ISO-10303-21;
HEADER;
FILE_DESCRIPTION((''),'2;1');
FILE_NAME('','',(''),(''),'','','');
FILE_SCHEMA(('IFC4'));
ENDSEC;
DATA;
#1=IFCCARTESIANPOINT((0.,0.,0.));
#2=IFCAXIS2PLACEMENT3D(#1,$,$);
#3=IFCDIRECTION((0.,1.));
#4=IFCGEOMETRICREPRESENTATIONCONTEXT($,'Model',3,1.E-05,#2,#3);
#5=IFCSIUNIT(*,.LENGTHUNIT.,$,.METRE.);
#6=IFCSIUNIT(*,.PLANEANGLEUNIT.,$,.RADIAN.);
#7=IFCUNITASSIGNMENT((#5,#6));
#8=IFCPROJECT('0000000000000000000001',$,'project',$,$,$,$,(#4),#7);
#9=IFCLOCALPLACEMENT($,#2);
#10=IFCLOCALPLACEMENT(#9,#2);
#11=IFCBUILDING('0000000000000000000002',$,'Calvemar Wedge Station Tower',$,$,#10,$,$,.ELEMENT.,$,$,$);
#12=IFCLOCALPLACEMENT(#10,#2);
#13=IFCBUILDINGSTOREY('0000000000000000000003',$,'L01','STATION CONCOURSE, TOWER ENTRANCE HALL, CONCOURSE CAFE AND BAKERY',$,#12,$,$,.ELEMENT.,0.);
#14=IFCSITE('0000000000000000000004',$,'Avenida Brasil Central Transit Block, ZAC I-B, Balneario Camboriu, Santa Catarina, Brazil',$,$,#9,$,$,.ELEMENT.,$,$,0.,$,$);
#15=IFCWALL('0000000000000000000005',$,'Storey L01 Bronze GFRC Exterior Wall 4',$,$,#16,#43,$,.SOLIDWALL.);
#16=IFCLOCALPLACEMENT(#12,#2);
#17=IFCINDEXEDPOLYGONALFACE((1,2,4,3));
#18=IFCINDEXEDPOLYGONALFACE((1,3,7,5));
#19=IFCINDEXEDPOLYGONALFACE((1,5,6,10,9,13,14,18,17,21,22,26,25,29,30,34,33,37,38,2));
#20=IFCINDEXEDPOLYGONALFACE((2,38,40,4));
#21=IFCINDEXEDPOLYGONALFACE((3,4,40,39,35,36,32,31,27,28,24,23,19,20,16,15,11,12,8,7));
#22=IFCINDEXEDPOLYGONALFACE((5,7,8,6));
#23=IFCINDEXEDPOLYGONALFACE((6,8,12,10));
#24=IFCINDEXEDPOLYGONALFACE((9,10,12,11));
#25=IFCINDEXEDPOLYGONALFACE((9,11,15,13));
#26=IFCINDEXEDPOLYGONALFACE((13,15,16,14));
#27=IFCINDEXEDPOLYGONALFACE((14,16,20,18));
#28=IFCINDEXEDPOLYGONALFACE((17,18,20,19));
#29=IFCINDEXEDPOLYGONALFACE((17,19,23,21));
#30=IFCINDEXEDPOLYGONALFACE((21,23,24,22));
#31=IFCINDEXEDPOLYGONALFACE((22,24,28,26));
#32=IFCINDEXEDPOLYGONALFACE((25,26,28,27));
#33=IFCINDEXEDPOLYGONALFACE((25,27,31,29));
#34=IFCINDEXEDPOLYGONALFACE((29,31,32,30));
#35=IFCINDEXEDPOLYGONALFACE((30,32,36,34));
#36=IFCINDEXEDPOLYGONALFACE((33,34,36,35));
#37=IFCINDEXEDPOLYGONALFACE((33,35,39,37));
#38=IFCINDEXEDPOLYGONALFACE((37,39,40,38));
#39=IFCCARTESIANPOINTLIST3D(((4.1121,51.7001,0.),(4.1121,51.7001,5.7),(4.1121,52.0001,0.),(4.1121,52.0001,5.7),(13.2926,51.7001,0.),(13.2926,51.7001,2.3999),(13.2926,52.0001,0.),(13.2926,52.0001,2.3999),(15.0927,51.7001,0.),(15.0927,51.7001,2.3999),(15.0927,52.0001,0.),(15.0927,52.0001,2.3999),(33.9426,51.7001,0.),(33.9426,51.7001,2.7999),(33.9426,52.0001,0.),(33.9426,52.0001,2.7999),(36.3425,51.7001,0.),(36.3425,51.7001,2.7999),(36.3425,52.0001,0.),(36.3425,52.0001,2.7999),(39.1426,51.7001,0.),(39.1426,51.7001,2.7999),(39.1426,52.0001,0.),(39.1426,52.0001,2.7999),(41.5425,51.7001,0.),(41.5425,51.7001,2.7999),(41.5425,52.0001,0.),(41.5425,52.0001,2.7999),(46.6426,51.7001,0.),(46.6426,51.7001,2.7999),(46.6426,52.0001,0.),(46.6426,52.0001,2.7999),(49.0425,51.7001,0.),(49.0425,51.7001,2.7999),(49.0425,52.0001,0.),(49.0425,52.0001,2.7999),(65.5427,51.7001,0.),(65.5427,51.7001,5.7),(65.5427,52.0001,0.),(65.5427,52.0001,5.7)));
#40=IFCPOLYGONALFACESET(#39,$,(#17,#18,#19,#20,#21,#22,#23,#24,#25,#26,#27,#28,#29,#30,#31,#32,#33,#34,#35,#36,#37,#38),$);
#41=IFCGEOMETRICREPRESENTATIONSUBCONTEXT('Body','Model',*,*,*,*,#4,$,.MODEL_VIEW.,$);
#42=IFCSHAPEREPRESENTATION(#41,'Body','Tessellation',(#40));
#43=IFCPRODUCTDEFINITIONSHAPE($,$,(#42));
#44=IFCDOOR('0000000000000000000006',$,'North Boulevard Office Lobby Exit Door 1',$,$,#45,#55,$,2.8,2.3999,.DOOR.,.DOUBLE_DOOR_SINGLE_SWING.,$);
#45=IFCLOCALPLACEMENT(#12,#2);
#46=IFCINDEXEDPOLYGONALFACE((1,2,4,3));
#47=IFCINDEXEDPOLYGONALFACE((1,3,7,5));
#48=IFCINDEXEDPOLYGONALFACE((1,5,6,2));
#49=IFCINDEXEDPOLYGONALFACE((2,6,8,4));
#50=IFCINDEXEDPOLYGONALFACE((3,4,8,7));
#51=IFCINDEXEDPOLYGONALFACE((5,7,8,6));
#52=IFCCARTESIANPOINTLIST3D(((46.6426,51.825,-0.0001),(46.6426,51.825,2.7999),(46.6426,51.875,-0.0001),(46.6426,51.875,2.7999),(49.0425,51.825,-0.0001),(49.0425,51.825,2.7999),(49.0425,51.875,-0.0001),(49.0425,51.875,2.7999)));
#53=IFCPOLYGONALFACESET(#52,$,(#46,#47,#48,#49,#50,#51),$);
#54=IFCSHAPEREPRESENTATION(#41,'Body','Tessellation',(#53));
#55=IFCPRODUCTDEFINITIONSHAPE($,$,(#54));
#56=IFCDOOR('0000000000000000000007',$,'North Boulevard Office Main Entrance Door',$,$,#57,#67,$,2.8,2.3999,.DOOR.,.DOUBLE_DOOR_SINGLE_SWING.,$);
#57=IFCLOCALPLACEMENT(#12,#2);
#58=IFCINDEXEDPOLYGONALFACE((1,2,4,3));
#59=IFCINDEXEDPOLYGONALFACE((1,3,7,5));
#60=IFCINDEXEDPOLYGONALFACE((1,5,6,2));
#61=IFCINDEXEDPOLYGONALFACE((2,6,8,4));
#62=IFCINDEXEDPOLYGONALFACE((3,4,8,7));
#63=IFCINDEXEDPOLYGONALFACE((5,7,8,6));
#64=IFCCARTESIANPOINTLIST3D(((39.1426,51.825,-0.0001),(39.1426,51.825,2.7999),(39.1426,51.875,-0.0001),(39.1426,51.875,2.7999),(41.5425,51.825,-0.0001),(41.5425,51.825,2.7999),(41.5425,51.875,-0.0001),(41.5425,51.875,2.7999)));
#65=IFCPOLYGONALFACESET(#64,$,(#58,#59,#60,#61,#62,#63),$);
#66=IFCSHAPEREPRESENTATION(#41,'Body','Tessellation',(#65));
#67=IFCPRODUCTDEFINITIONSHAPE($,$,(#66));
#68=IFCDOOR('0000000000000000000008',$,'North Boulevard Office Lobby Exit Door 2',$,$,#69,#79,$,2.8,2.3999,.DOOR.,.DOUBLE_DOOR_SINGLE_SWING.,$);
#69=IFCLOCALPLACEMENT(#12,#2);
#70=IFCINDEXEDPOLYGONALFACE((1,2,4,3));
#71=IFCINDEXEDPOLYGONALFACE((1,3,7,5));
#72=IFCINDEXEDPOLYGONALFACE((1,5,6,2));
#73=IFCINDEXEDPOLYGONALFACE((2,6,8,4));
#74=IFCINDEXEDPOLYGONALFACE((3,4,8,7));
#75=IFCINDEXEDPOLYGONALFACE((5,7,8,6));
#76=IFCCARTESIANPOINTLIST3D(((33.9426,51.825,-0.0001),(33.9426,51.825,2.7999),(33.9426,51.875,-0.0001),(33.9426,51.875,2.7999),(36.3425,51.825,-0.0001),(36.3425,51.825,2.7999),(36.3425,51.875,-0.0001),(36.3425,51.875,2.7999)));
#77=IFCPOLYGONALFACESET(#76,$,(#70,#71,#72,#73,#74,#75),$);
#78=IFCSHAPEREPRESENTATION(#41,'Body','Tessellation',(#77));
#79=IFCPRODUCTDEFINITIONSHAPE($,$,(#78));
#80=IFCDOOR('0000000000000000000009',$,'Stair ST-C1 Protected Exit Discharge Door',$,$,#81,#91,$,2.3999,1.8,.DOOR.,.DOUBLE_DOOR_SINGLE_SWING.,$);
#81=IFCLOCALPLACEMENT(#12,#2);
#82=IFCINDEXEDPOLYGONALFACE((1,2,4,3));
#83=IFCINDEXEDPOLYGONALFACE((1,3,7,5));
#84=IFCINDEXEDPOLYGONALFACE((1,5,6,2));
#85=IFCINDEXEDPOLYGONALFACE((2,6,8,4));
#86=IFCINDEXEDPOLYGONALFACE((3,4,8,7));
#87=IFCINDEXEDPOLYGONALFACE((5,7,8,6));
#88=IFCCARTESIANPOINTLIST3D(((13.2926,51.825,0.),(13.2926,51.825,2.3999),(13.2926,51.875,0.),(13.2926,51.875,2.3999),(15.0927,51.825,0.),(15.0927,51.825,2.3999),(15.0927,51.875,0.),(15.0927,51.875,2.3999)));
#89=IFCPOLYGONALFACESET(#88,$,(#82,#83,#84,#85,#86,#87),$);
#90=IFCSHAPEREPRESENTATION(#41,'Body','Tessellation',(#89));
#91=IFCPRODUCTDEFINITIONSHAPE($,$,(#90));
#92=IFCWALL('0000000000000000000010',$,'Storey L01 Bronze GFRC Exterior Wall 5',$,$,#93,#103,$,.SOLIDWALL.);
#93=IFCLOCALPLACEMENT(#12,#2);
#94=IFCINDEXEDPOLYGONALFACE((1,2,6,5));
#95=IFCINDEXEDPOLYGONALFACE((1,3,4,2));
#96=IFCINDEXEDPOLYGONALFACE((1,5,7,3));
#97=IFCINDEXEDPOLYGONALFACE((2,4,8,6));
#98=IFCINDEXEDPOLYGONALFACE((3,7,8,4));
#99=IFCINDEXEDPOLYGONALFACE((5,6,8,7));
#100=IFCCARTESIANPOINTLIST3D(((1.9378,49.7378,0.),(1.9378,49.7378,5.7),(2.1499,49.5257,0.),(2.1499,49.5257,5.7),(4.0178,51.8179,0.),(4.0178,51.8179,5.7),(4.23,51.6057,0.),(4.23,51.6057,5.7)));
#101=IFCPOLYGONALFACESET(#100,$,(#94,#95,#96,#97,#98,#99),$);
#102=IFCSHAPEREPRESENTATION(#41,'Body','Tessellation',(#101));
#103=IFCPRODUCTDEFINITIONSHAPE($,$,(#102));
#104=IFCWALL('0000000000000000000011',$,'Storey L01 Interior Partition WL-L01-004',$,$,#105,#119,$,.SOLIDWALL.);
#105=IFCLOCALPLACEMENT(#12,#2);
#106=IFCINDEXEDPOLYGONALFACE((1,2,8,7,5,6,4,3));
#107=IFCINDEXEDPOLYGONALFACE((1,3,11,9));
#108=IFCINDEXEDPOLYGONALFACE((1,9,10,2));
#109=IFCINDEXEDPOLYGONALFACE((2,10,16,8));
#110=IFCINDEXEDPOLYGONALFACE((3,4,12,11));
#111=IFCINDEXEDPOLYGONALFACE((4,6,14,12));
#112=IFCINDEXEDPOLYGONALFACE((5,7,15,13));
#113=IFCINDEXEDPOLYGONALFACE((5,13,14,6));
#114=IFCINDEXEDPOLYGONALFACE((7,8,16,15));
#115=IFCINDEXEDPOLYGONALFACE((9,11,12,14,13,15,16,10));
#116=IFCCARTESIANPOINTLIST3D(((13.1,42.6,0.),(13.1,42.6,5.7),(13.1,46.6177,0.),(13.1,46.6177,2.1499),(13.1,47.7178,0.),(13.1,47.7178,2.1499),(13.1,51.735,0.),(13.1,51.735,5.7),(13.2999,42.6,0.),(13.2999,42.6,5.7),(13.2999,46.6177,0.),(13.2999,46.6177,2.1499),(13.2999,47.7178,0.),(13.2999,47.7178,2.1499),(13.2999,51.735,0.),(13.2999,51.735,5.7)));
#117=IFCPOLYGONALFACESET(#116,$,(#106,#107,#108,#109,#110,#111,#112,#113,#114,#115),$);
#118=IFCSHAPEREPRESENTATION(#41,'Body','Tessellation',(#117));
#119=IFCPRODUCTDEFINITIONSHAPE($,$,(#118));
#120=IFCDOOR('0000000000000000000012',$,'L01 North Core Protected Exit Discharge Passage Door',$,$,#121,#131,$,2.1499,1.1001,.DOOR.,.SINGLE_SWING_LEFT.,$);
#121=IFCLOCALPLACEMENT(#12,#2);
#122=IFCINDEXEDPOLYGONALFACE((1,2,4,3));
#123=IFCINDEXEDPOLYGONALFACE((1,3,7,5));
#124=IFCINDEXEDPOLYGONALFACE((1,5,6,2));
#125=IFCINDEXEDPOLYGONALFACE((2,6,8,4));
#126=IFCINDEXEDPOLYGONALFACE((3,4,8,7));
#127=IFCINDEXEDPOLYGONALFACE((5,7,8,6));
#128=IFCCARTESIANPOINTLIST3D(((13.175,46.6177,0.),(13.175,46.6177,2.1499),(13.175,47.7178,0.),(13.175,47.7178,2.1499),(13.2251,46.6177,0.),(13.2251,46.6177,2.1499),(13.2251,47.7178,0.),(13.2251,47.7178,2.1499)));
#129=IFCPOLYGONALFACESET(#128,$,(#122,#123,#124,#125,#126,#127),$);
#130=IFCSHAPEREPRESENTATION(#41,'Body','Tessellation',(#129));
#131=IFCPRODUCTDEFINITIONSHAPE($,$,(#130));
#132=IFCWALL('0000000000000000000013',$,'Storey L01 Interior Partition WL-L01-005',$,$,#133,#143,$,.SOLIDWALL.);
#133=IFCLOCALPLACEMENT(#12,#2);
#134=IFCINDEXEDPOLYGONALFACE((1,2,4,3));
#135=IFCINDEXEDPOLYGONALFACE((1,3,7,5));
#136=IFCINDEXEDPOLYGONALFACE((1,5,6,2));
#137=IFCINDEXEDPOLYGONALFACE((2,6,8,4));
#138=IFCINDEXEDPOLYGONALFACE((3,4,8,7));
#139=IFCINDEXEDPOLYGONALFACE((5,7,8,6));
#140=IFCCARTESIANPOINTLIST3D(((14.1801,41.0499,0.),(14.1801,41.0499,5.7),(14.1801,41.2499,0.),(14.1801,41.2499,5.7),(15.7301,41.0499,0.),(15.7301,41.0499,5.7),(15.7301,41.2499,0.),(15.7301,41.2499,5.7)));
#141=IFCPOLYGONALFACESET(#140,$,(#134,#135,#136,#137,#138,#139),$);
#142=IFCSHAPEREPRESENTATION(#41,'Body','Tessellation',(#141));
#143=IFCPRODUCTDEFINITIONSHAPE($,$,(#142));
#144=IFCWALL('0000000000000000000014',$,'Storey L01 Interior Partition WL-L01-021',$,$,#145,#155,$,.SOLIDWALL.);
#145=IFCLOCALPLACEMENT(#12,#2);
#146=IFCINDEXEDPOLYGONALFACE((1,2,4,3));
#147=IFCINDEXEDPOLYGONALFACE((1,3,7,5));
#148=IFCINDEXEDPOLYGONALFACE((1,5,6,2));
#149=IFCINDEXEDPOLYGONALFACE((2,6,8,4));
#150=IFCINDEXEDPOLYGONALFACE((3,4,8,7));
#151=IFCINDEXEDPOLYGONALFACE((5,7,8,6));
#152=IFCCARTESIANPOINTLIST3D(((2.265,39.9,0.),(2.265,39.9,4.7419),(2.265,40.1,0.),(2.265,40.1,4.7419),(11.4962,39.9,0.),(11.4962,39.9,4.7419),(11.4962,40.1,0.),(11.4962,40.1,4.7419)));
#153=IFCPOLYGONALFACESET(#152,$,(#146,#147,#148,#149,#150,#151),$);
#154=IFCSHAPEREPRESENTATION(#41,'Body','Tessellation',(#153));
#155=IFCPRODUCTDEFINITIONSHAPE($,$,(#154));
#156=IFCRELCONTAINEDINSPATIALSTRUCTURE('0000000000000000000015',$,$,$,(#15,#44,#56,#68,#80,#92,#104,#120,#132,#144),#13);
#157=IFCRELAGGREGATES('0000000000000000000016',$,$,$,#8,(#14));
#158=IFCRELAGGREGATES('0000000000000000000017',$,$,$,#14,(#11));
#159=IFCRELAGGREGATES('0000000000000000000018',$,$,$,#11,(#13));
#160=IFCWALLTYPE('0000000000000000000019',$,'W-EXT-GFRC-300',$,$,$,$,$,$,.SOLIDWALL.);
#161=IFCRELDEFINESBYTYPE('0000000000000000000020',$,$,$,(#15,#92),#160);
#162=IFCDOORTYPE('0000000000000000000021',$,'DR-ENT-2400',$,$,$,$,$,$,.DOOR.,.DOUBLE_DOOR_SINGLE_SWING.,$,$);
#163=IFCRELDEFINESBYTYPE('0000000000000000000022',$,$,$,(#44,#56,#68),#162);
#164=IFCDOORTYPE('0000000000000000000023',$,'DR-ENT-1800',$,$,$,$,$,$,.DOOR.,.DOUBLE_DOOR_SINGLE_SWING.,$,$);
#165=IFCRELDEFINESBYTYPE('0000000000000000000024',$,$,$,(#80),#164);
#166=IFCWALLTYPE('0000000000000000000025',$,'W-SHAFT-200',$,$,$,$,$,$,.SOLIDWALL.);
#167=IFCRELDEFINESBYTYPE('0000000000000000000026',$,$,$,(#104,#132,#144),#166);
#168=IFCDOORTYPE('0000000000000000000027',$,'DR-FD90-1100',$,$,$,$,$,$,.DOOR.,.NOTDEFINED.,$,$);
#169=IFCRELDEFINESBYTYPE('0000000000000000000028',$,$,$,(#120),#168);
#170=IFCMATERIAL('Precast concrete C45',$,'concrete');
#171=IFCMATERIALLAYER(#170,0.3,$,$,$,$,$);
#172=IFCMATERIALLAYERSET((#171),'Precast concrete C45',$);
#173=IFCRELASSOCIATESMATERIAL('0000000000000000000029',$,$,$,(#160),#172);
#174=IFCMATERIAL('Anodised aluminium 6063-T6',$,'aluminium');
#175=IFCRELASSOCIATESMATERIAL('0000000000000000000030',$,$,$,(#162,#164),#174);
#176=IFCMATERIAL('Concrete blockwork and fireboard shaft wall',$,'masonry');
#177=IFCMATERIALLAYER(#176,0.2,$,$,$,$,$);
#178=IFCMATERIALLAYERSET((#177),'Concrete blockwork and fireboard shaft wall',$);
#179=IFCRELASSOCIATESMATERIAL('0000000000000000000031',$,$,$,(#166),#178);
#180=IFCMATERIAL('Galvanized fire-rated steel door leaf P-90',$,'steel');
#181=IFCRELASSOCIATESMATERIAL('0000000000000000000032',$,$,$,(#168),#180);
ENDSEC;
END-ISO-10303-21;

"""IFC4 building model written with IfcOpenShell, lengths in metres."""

from ifc_helpers import new_model, si_unit, direction, frame, frame_2d, origin, place, context, subcontext, project, spatial, rectangle, extrude, source, transform, mapped, material, layer, layer_set, type_object, element, fill, save


model = new_model("IFC4")

# Units and contexts
model_context = context("Model", 3, precision=1e-05, world=origin(), true_north=direction((0.0, 1.0)))
body_context = subcontext(model_context, "Body", "Model", "MODEL_VIEW")
ifc_project = project(units=[si_unit("LENGTHUNIT", "METRE"), si_unit("PLANEANGLEUNIT", "RADIAN")], contexts=[model_context])

# Site, building, storey
site_placement = place(None, origin())
site = spatial("IfcSite", under=ifc_project, at=site_placement, Name="Avenida Brasil Central Transit Block, ZAC I-B, Balneario Camboriu, Santa Catarina, Brazil", CompositionType="ELEMENT", RefElevation=0.0)
building_placement = place(site_placement, origin())
building = spatial("IfcBuilding", under=site, at=building_placement, Name="Calvemar Wedge Station Tower", CompositionType="ELEMENT")
storey_placement = place(building_placement, origin())
storey = spatial("IfcBuildingStorey", under=building, at=storey_placement, Name="L01", Description="STATION CONCOURSE, TOWER ENTRANCE HALL, CONCOURSE CAFE AND BAKERY", CompositionType="ELEMENT", Elevation=0.0)

# Wall, openings, doors
ifc_material_1 = material(Name="Precast concrete C45", Category="concrete")
ifc_layer_1 = layer(ifc_material_1, 0.3)
ifc_layer_set_1 = layer_set([ifc_layer_1], Name="Precast concrete C45")
wall_type_1 = type_object("IfcWallType", Name="W-EXT-GFRC-300", PredefinedType="SOLIDWALL", material=ifc_layer_set_1)
wall_1_placement = place(storey_placement, frame((4.1121, 51.8501, 0.0), z_axis=(0.0, 0.0, 1.0), x_axis=(1.0, 0.0, 0.0)))
wall_1 = element("IfcWall", 1, at=wall_1_placement, inside=storey, type_object=wall_type_1, Name="Storey L01 Bronze GFRC Exterior Wall 4", PredefinedType="SOLIDWALL", context=body_context, shape_type="SweptSolid", body=[
    extrude(rectangle(XDim=61.4307, YDim=0.3, at=frame_2d((30.7153, 0.0))), origin(), (0.0, 0.0, 1.0), 5.7),
])
shared_shape_1 = source(origin(), body_context, "Body", "SweptSolid", [
    extrude(rectangle(XDim=2.3999, YDim=2.8, at=frame_2d((1.2, 1.3999))), frame((0.0, 0.1602, 0.0), z_axis=(0.0, -1.0, 0.0), x_axis=(1.0, 0.0, 0.0)), (0.0, 0.0, 1.0), 0.3201),
])
opening_1_placement = place(wall_1_placement, frame((42.5305, 0.0, 0.0)))
opening_1 = element("IfcOpeningElement", 2, at=opening_1_placement, cuts=wall_1, PredefinedType="OPENING", context=body_context, shape_type="MappedRepresentation", body=[
    mapped(shared_shape_1, transform((0.0, 0.0, 0.0), scale=1.0)),
])
opening_2_placement = place(wall_1_placement, frame((35.0305, 0.0, 0.0)))
opening_2 = element("IfcOpeningElement", 3, at=opening_2_placement, cuts=wall_1, PredefinedType="OPENING", context=body_context, shape_type="MappedRepresentation", body=[
    mapped(shared_shape_1, transform((0.0, 0.0, 0.0), scale=1.0)),
])
opening_3_placement = place(wall_1_placement, frame((29.8306, 0.0, 0.0)))
opening_3 = element("IfcOpeningElement", 4, at=opening_3_placement, cuts=wall_1, PredefinedType="OPENING", context=body_context, shape_type="MappedRepresentation", body=[
    mapped(shared_shape_1, transform((0.0, 0.0, 0.0), scale=1.0)),
])
shared_shape_2 = source(origin(), body_context, "Body", "SweptSolid", [
    extrude(rectangle(XDim=1.8, YDim=2.3999, at=frame_2d((0.8999, 1.2))), frame((0.0, 0.1602, 0.0), z_axis=(0.0, -1.0, 0.0), x_axis=(1.0, 0.0, 0.0)), (0.0, 0.0, 1.0), 0.3201),
])
opening_4_placement = place(wall_1_placement, frame((9.1807, 0.0, 0.0)))
opening_4 = element("IfcOpeningElement", 5, at=opening_4_placement, cuts=wall_1, PredefinedType="OPENING", context=body_context, shape_type="MappedRepresentation", body=[
    mapped(shared_shape_2, transform((0.0, 0.0, 0.0), scale=1.0)),
])
ifc_material_2 = material(Name="Anodised aluminium 6063-T6", Category="aluminium")
door_type_1 = type_object("IfcDoorType", Name="DR-ENT-2400", OperationType="DOUBLE_DOOR_SINGLE_SWING", PredefinedType="DOOR", material=ifc_material_2)
shared_shape_3 = source(origin(), body_context, "Body", "SweptSolid", [
    extrude(rectangle(XDim=2.3999, YDim=2.8, at=frame_2d((1.2, 1.3999))), frame((0.0, 0.0249, 0.0), z_axis=(0.0, -1.0, 0.0), x_axis=(1.0, 0.0, 0.0)), (0.0, 0.0, 1.0), 0.05),
])
door_1_placement = place(opening_1_placement, origin())
door_1 = element("IfcDoor", 6, at=door_1_placement, inside=storey, type_object=door_type_1, Name="North Boulevard Office Lobby Exit Door 1", OperationType="DOUBLE_DOOR_SINGLE_SWING", OverallHeight=2.8, OverallWidth=2.3999, PredefinedType="DOOR", context=body_context, shape_type="MappedRepresentation", body=[
    mapped(shared_shape_3, transform((0.0, 0.0, 0.0), scale=1.0)),
])
fill(opening_1, door_1)
door_2_placement = place(opening_2_placement, origin())
door_2 = element("IfcDoor", 7, at=door_2_placement, inside=storey, type_object=door_type_1, Name="North Boulevard Office Main Entrance Door", OperationType="DOUBLE_DOOR_SINGLE_SWING", OverallHeight=2.8, OverallWidth=2.3999, PredefinedType="DOOR", context=body_context, shape_type="MappedRepresentation", body=[
    mapped(shared_shape_3, transform((0.0, 0.0, 0.0), scale=1.0)),
])
fill(opening_2, door_2)
door_3_placement = place(opening_3_placement, origin())
door_3 = element("IfcDoor", 8, at=door_3_placement, inside=storey, type_object=door_type_1, Name="North Boulevard Office Lobby Exit Door 2", OperationType="DOUBLE_DOOR_SINGLE_SWING", OverallHeight=2.8, OverallWidth=2.3999, PredefinedType="DOOR", context=body_context, shape_type="MappedRepresentation", body=[
    mapped(shared_shape_3, transform((0.0, 0.0, 0.0), scale=1.0)),
])
fill(opening_3, door_3)
door_type_2 = type_object("IfcDoorType", Name="DR-ENT-1800", OperationType="DOUBLE_DOOR_SINGLE_SWING", PredefinedType="DOOR", material=ifc_material_2)
shared_shape_4 = source(origin(), body_context, "Body", "SweptSolid", [
    extrude(rectangle(XDim=1.8, YDim=2.3999, at=frame_2d((0.8999, 1.2))), frame((0.0, 0.0249, 0.0), z_axis=(0.0, -1.0, 0.0), x_axis=(1.0, 0.0, 0.0)), (0.0, 0.0, 1.0), 0.05),
])
door_4_placement = place(opening_4_placement, origin())
door_4 = element("IfcDoor", 9, at=door_4_placement, inside=storey, type_object=door_type_2, Name="Stair ST-C1 Protected Exit Discharge Door", OperationType="DOUBLE_DOOR_SINGLE_SWING", OverallHeight=2.3999, OverallWidth=1.8, PredefinedType="DOOR", context=body_context, shape_type="MappedRepresentation", body=[
    mapped(shared_shape_4, transform((0.0, 0.0, 0.0), scale=1.0)),
])
fill(opening_4, door_4)

# Wall
wall_2_placement = place(storey_placement, frame((2.0439, 49.6318, 0.0), z_axis=(0.0, 0.0, 1.0), x_axis=(0.707107, 0.707107, 0.0)))
element("IfcWall", 10, at=wall_2_placement, inside=storey, type_object=wall_type_1, Name="Storey L01 Bronze GFRC Exterior Wall 5", PredefinedType="SOLIDWALL", context=body_context, shape_type="SweptSolid", body=[
    extrude(rectangle(XDim=2.9417, YDim=0.3, at=frame_2d((1.4707, 0.0))), origin(), (0.0, 0.0, 1.0), 5.7),
])

# Wall, opening, door
ifc_material_3 = material(Name="Concrete blockwork and fireboard shaft wall", Category="masonry")
ifc_layer_2 = layer(ifc_material_3, 0.2)
ifc_layer_set_2 = layer_set([ifc_layer_2], Name="Concrete blockwork and fireboard shaft wall")
wall_type_2 = type_object("IfcWallType", Name="W-SHAFT-200", PredefinedType="SOLIDWALL", material=ifc_layer_set_2)
wall_3_placement = place(storey_placement, frame((13.2, 42.6001, 0.0), z_axis=(0.0, 0.0, 1.0), x_axis=(0.0, 1.0, 0.0)))
wall_3 = element("IfcWall", 11, at=wall_3_placement, inside=storey, type_object=wall_type_2, Name="Storey L01 Interior Partition WL-L01-004", PredefinedType="SOLIDWALL", context=body_context, shape_type="SweptSolid", body=[
    extrude(rectangle(XDim=9.135, YDim=0.2, at=frame_2d((4.5674, 0.0))), origin(), (0.0, 0.0, 1.0), 5.7),
])
shared_shape_5 = source(origin(), body_context, "Body", "SweptSolid", [
    extrude(rectangle(XDim=1.1001, YDim=2.1499, at=frame_2d((0.55, 1.075))), frame((0.0, 0.1099, 0.0), z_axis=(0.0, -1.0, 0.0), x_axis=(1.0, 0.0, 0.0)), (0.0, 0.0, 1.0), 0.22),
])
opening_5_placement = place(wall_3_placement, frame((4.0176, 0.0, 0.0)))
opening_5 = element("IfcOpeningElement", 12, at=opening_5_placement, cuts=wall_3, PredefinedType="OPENING", context=body_context, shape_type="MappedRepresentation", body=[
    mapped(shared_shape_5, transform((0.0, 0.0, 0.0), scale=1.0)),
])
ifc_material_4 = material(Name="Galvanized fire-rated steel door leaf P-90", Category="steel")
door_type_3 = type_object("IfcDoorType", Name="DR-FD90-1100", OperationType="NOTDEFINED", PredefinedType="DOOR", material=ifc_material_4)
shared_shape_6 = source(origin(), body_context, "Body", "SweptSolid", [
    extrude(rectangle(XDim=1.1001, YDim=2.1499, at=frame_2d((0.55, 1.075))), frame((0.0, 0.0249, 0.0), z_axis=(0.0, -1.0, 0.0), x_axis=(1.0, 0.0, 0.0)), (0.0, 0.0, 1.0), 0.05),
])
door_5_placement = place(opening_5_placement, origin())
door_5 = element("IfcDoor", 13, at=door_5_placement, inside=storey, type_object=door_type_3, Name="L01 North Core Protected Exit Discharge Passage Door", OperationType="SINGLE_SWING_LEFT", OverallHeight=2.1499, OverallWidth=1.1001, PredefinedType="DOOR", context=body_context, shape_type="MappedRepresentation", body=[
    mapped(shared_shape_6, transform((0.0, 0.0, 0.0), scale=1.0)),
])
fill(opening_5, door_5)

# Walls
wall_4_placement = place(storey_placement, frame((15.73, 41.1499, 0.0), z_axis=(0.0, 0.0, 1.0), x_axis=(-1.0, 0.0, 0.0)))
element("IfcWall", 14, at=wall_4_placement, inside=storey, type_object=wall_type_2, Name="Storey L01 Interior Partition WL-L01-005", PredefinedType="SOLIDWALL", context=body_context, shape_type="SweptSolid", body=[
    extrude(rectangle(XDim=1.55, YDim=0.2, at=frame_2d((0.7749, 0.0))), origin(), (0.0, 0.0, 1.0), 5.7),
])
wall_5_placement = place(storey_placement, frame((2.2649, 40.0, 0.0), z_axis=(0.0, 0.0, 1.0), x_axis=(1.0, 0.0, 0.0)))
element("IfcWall", 15, at=wall_5_placement, inside=storey, type_object=wall_type_2, Name="Storey L01 Interior Partition WL-L01-021", PredefinedType="SOLIDWALL", context=body_context, shape_type="SweptSolid", body=[
    extrude(rectangle(XDim=9.2312, YDim=0.2, at=frame_2d((4.6157, 0.0))), origin(), (0.0, 0.0, 1.0), 4.7419),
])

save(model, "model.ifc")
